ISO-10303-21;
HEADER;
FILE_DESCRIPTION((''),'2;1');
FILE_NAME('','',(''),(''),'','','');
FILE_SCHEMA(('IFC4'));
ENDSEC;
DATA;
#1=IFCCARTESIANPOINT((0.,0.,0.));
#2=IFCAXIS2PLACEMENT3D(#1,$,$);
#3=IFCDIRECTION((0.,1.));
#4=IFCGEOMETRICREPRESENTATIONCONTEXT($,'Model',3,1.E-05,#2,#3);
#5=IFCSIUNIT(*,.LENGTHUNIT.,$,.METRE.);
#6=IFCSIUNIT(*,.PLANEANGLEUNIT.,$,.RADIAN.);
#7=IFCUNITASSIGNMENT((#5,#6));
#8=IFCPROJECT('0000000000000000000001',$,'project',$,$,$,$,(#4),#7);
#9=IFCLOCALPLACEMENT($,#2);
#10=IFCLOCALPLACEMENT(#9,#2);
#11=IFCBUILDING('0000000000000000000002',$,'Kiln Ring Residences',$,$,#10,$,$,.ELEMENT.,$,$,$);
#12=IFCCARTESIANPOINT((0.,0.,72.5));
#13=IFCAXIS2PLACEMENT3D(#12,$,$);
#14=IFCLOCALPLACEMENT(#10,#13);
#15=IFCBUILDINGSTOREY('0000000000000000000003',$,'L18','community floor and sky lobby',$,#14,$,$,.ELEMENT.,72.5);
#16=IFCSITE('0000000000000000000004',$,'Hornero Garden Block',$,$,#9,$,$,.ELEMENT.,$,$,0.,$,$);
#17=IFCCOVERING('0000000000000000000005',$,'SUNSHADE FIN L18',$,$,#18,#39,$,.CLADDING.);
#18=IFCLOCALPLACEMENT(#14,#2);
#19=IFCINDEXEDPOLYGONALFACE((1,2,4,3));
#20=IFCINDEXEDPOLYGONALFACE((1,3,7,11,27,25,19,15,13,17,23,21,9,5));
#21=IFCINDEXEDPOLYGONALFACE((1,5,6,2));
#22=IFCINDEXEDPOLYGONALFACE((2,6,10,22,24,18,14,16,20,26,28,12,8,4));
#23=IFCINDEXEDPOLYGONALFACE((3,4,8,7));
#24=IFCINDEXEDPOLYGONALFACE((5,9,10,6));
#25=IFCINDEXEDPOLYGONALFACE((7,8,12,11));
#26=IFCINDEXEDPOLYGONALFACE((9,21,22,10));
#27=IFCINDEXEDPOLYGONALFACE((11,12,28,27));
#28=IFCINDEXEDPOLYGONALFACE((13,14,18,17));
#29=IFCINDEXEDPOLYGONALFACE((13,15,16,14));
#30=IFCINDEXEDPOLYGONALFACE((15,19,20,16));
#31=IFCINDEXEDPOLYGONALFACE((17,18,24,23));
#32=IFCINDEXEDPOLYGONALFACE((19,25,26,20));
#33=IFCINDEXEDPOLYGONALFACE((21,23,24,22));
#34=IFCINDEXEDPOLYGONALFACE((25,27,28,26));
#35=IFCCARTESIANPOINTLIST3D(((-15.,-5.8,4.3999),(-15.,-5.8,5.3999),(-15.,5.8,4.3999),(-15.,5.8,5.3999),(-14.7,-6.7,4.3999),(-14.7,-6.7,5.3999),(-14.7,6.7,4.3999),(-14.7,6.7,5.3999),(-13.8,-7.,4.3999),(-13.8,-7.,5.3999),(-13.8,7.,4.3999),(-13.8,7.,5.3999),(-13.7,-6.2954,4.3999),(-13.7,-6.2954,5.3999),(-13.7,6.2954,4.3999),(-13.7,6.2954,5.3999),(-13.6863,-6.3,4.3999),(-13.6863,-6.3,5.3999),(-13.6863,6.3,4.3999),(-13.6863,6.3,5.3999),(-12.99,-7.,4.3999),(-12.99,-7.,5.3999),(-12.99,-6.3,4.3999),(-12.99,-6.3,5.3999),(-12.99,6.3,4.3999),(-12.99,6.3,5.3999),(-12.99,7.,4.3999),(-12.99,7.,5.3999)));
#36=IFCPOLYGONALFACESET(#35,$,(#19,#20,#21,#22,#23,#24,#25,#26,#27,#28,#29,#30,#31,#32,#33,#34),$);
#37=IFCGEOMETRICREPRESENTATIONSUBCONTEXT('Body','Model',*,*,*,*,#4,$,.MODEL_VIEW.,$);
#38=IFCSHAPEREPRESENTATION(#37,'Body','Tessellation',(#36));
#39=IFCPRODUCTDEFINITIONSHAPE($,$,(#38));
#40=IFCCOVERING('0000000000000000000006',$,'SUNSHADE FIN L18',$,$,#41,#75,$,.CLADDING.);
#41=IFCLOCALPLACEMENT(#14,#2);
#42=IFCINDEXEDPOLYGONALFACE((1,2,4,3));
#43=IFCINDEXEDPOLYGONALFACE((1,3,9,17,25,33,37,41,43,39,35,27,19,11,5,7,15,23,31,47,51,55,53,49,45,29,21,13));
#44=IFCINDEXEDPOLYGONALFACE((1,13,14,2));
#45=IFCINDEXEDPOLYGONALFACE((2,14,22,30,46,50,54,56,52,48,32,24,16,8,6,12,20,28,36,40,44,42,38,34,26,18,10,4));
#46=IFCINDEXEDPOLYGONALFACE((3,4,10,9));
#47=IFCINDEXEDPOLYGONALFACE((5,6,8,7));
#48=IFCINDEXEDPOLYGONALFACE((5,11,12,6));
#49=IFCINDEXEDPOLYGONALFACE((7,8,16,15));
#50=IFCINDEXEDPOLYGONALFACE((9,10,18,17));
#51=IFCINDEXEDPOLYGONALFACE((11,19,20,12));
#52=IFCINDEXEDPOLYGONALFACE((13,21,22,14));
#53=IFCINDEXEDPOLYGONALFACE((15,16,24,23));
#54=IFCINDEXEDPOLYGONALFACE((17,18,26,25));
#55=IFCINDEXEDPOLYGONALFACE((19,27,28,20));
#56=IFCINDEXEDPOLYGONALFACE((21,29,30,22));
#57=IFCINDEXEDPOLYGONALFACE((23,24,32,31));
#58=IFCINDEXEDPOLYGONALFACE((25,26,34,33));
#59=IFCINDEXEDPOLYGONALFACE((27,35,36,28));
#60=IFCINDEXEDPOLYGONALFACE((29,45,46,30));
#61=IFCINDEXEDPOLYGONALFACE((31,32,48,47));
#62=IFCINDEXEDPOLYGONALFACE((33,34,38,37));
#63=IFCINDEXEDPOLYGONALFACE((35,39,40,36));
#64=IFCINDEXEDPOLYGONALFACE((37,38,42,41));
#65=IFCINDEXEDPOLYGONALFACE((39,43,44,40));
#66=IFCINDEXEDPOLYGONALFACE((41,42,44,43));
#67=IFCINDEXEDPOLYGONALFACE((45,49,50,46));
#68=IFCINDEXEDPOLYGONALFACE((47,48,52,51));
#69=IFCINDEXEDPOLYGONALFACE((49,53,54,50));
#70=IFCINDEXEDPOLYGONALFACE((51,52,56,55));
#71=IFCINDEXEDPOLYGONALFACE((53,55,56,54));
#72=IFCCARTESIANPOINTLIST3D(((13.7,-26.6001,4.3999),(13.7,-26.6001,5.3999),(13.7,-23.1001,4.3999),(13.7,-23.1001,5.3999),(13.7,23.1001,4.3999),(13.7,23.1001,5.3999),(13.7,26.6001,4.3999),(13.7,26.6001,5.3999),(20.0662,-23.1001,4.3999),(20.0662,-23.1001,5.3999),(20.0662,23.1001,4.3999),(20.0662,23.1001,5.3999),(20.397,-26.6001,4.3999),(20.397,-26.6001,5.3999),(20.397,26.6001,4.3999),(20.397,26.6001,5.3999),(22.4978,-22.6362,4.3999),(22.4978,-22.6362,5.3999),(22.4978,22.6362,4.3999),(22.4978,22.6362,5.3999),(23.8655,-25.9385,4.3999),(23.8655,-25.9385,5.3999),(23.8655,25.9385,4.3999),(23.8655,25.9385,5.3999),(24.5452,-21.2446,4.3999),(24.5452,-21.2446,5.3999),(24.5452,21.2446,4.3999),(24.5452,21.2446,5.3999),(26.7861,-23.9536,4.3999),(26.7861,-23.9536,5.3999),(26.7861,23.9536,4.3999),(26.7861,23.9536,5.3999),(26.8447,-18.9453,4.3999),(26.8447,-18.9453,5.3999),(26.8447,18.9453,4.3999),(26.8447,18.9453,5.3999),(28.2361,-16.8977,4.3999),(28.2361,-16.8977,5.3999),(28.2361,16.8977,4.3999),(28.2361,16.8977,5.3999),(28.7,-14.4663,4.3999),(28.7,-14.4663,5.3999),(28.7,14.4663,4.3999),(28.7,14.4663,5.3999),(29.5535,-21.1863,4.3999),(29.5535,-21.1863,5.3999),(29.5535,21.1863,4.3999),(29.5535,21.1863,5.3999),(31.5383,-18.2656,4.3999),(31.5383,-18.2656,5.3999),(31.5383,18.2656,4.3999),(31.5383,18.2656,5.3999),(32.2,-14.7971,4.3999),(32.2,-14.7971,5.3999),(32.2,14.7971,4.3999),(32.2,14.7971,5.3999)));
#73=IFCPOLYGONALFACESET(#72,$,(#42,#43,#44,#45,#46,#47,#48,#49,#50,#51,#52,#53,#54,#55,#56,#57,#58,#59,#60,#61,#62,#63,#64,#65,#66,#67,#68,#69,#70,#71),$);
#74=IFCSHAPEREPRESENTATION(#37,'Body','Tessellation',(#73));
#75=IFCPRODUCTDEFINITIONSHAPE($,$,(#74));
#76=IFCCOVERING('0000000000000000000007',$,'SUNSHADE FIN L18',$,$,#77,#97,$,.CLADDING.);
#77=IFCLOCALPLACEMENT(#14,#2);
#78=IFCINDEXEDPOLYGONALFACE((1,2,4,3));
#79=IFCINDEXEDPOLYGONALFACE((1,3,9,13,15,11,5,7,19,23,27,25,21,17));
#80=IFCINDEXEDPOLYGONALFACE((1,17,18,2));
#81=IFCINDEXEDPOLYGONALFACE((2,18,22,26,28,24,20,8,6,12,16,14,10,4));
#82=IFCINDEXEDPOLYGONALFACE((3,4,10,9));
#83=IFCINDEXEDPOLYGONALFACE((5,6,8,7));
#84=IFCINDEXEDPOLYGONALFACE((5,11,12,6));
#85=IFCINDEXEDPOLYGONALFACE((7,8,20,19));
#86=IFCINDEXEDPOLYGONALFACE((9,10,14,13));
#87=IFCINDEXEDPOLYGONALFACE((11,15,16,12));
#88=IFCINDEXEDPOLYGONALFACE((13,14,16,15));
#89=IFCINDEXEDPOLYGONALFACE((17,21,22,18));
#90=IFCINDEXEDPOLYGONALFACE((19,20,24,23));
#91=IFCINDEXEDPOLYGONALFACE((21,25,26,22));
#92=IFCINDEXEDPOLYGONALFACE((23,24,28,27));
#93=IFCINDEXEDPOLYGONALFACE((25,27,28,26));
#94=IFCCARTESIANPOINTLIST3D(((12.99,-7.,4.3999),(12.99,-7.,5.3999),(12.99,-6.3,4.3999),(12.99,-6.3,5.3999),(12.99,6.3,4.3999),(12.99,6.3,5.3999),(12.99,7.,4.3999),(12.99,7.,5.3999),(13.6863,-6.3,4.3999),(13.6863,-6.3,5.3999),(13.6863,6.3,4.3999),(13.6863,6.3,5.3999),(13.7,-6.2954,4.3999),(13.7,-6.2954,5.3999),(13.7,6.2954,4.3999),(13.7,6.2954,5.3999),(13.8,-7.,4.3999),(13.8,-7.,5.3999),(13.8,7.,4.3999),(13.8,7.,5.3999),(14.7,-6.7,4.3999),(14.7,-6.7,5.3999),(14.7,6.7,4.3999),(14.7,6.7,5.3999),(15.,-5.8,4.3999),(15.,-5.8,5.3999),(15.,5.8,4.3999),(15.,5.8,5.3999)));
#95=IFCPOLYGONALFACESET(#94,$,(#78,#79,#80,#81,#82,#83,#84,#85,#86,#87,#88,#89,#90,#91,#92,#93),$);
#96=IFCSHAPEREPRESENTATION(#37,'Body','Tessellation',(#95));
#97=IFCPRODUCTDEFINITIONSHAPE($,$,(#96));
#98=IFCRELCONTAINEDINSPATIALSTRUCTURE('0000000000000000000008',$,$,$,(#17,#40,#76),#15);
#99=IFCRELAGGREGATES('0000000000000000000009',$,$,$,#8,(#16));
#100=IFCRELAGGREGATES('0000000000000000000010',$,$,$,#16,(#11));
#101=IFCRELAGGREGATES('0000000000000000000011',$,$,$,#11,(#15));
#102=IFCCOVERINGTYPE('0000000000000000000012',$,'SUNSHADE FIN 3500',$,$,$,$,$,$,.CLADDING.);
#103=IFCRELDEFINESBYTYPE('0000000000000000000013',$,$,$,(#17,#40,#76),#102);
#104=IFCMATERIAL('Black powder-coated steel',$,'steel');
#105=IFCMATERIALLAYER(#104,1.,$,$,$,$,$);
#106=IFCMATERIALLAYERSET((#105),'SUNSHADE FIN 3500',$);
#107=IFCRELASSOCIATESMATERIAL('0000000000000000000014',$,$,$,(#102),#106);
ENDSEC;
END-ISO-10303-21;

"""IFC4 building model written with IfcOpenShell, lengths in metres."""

from ifc_helpers import new_model, si_unit, direction, frame, origin, place, context, subcontext, project, spatial, polyline, outline, extrude, material, layer, layer_set, type_object, element, save


model = new_model("IFC4")

# Units and contexts
model_context = context("Model", 3, precision=1e-05, world=origin(), true_north=direction((0.0, 1.0)))
body_context = subcontext(model_context, "Body", "Model", "MODEL_VIEW")
ifc_project = project(units=[si_unit("LENGTHUNIT", "METRE"), si_unit("PLANEANGLEUNIT", "RADIAN")], contexts=[model_context])

# Site, building, storey
site_placement = place(None, origin())
site = spatial("IfcSite", under=ifc_project, at=site_placement, Name="Hornero Garden Block", CompositionType="ELEMENT", RefElevation=0.0)
building_placement = place(site_placement, origin())
building = spatial("IfcBuilding", under=site, at=building_placement, Name="Kiln Ring Residences", CompositionType="ELEMENT")
storey_placement = place(building_placement, frame((0.0, 0.0, 72.5)))
storey = spatial("IfcBuildingStorey", under=building, at=storey_placement, Name="L18", Description="community floor and sky lobby", CompositionType="ELEMENT", Elevation=72.5)

# Coverings
ifc_material_1 = material(Name="Black powder-coated steel", Category="steel")
ifc_layer_1 = layer(ifc_material_1, 1.0)
ifc_layer_set_1 = layer_set([ifc_layer_1], Name="SUNSHADE FIN 3500")
covering_type = type_object("IfcCoveringType", Name="SUNSHADE FIN 3500", PredefinedType="CLADDING", material=ifc_layer_set_1)
placement_1 = place(storey_placement, frame((0.0, 0.0, 4.3999)))
element("IfcCovering", 1, at=placement_1, inside=storey, type_object=covering_type, Name="SUNSHADE FIN L18", PredefinedType="CLADDING", context=body_context, shape_type="SweptSolid", body=[
    extrude(outline(polyline([(-13.7, -6.2954), (-13.7, 6.2954), (-13.6863, 6.3), (-12.99, 6.3), (-12.99, 7.0), (-13.8, 7.0), (-14.7, 6.7), (-15.0, 5.8), (-15.0, -5.8), (-14.7, -6.7), (-13.8, -7.0), (-12.99, -7.0), (-12.99, -6.3), (-13.6863, -6.3), (-13.7, -6.2954)])), origin(), (0.0, 0.0, 1.0), 1.0),
])
element("IfcCovering", 2, at=placement_1, inside=storey, type_object=covering_type, Name="SUNSHADE FIN L18", PredefinedType="CLADDING", context=body_context, shape_type="SweptSolid", body=[
    extrude(outline(polyline([(20.397, 26.6001), (13.7, 26.6001), (13.7, 23.1001), (20.0662, 23.1001), (22.4978, 22.6362), (24.5452, 21.2446), (26.8447, 18.9453), (28.2361, 16.8977), (28.7, 14.4663), (28.7, -14.4663), (28.2361, -16.8977), (26.8447, -18.9453), (24.5452, -21.2446), (22.4978, -22.6362), (20.0662, -23.1001), (13.7, -23.1001), (13.7, -26.6001), (20.397, -26.6001), (23.8655, -25.9385), (26.7861, -23.9536), (29.5535, -21.1863), (31.5383, -18.2656), (32.2, -14.7971), (32.2, 14.7971), (31.5383, 18.2656), (29.5535, 21.1863), (26.7861, 23.9536), (23.8655, 25.9385), (20.397, 26.6001)])), origin(), (0.0, 0.0, 1.0), 1.0),
])
element("IfcCovering", 3, at=placement_1, inside=storey, type_object=covering_type, Name="SUNSHADE FIN L18", PredefinedType="CLADDING", context=body_context, shape_type="SweptSolid", body=[
    extrude(outline(polyline([(13.6863, 6.3), (13.7, 6.2954), (13.7, -6.2954), (13.6863, -6.3), (12.99, -6.3), (12.99, -7.0), (13.8, -7.0), (14.7, -6.7), (15.0, -5.8), (15.0, 5.8), (14.7, 6.7), (13.8, 7.0), (12.99, 7.0), (12.99, 6.3), (13.6863, 6.3)])), origin(), (0.0, 0.0, 1.0), 1.0),
])

save(model, "model.ifc")
